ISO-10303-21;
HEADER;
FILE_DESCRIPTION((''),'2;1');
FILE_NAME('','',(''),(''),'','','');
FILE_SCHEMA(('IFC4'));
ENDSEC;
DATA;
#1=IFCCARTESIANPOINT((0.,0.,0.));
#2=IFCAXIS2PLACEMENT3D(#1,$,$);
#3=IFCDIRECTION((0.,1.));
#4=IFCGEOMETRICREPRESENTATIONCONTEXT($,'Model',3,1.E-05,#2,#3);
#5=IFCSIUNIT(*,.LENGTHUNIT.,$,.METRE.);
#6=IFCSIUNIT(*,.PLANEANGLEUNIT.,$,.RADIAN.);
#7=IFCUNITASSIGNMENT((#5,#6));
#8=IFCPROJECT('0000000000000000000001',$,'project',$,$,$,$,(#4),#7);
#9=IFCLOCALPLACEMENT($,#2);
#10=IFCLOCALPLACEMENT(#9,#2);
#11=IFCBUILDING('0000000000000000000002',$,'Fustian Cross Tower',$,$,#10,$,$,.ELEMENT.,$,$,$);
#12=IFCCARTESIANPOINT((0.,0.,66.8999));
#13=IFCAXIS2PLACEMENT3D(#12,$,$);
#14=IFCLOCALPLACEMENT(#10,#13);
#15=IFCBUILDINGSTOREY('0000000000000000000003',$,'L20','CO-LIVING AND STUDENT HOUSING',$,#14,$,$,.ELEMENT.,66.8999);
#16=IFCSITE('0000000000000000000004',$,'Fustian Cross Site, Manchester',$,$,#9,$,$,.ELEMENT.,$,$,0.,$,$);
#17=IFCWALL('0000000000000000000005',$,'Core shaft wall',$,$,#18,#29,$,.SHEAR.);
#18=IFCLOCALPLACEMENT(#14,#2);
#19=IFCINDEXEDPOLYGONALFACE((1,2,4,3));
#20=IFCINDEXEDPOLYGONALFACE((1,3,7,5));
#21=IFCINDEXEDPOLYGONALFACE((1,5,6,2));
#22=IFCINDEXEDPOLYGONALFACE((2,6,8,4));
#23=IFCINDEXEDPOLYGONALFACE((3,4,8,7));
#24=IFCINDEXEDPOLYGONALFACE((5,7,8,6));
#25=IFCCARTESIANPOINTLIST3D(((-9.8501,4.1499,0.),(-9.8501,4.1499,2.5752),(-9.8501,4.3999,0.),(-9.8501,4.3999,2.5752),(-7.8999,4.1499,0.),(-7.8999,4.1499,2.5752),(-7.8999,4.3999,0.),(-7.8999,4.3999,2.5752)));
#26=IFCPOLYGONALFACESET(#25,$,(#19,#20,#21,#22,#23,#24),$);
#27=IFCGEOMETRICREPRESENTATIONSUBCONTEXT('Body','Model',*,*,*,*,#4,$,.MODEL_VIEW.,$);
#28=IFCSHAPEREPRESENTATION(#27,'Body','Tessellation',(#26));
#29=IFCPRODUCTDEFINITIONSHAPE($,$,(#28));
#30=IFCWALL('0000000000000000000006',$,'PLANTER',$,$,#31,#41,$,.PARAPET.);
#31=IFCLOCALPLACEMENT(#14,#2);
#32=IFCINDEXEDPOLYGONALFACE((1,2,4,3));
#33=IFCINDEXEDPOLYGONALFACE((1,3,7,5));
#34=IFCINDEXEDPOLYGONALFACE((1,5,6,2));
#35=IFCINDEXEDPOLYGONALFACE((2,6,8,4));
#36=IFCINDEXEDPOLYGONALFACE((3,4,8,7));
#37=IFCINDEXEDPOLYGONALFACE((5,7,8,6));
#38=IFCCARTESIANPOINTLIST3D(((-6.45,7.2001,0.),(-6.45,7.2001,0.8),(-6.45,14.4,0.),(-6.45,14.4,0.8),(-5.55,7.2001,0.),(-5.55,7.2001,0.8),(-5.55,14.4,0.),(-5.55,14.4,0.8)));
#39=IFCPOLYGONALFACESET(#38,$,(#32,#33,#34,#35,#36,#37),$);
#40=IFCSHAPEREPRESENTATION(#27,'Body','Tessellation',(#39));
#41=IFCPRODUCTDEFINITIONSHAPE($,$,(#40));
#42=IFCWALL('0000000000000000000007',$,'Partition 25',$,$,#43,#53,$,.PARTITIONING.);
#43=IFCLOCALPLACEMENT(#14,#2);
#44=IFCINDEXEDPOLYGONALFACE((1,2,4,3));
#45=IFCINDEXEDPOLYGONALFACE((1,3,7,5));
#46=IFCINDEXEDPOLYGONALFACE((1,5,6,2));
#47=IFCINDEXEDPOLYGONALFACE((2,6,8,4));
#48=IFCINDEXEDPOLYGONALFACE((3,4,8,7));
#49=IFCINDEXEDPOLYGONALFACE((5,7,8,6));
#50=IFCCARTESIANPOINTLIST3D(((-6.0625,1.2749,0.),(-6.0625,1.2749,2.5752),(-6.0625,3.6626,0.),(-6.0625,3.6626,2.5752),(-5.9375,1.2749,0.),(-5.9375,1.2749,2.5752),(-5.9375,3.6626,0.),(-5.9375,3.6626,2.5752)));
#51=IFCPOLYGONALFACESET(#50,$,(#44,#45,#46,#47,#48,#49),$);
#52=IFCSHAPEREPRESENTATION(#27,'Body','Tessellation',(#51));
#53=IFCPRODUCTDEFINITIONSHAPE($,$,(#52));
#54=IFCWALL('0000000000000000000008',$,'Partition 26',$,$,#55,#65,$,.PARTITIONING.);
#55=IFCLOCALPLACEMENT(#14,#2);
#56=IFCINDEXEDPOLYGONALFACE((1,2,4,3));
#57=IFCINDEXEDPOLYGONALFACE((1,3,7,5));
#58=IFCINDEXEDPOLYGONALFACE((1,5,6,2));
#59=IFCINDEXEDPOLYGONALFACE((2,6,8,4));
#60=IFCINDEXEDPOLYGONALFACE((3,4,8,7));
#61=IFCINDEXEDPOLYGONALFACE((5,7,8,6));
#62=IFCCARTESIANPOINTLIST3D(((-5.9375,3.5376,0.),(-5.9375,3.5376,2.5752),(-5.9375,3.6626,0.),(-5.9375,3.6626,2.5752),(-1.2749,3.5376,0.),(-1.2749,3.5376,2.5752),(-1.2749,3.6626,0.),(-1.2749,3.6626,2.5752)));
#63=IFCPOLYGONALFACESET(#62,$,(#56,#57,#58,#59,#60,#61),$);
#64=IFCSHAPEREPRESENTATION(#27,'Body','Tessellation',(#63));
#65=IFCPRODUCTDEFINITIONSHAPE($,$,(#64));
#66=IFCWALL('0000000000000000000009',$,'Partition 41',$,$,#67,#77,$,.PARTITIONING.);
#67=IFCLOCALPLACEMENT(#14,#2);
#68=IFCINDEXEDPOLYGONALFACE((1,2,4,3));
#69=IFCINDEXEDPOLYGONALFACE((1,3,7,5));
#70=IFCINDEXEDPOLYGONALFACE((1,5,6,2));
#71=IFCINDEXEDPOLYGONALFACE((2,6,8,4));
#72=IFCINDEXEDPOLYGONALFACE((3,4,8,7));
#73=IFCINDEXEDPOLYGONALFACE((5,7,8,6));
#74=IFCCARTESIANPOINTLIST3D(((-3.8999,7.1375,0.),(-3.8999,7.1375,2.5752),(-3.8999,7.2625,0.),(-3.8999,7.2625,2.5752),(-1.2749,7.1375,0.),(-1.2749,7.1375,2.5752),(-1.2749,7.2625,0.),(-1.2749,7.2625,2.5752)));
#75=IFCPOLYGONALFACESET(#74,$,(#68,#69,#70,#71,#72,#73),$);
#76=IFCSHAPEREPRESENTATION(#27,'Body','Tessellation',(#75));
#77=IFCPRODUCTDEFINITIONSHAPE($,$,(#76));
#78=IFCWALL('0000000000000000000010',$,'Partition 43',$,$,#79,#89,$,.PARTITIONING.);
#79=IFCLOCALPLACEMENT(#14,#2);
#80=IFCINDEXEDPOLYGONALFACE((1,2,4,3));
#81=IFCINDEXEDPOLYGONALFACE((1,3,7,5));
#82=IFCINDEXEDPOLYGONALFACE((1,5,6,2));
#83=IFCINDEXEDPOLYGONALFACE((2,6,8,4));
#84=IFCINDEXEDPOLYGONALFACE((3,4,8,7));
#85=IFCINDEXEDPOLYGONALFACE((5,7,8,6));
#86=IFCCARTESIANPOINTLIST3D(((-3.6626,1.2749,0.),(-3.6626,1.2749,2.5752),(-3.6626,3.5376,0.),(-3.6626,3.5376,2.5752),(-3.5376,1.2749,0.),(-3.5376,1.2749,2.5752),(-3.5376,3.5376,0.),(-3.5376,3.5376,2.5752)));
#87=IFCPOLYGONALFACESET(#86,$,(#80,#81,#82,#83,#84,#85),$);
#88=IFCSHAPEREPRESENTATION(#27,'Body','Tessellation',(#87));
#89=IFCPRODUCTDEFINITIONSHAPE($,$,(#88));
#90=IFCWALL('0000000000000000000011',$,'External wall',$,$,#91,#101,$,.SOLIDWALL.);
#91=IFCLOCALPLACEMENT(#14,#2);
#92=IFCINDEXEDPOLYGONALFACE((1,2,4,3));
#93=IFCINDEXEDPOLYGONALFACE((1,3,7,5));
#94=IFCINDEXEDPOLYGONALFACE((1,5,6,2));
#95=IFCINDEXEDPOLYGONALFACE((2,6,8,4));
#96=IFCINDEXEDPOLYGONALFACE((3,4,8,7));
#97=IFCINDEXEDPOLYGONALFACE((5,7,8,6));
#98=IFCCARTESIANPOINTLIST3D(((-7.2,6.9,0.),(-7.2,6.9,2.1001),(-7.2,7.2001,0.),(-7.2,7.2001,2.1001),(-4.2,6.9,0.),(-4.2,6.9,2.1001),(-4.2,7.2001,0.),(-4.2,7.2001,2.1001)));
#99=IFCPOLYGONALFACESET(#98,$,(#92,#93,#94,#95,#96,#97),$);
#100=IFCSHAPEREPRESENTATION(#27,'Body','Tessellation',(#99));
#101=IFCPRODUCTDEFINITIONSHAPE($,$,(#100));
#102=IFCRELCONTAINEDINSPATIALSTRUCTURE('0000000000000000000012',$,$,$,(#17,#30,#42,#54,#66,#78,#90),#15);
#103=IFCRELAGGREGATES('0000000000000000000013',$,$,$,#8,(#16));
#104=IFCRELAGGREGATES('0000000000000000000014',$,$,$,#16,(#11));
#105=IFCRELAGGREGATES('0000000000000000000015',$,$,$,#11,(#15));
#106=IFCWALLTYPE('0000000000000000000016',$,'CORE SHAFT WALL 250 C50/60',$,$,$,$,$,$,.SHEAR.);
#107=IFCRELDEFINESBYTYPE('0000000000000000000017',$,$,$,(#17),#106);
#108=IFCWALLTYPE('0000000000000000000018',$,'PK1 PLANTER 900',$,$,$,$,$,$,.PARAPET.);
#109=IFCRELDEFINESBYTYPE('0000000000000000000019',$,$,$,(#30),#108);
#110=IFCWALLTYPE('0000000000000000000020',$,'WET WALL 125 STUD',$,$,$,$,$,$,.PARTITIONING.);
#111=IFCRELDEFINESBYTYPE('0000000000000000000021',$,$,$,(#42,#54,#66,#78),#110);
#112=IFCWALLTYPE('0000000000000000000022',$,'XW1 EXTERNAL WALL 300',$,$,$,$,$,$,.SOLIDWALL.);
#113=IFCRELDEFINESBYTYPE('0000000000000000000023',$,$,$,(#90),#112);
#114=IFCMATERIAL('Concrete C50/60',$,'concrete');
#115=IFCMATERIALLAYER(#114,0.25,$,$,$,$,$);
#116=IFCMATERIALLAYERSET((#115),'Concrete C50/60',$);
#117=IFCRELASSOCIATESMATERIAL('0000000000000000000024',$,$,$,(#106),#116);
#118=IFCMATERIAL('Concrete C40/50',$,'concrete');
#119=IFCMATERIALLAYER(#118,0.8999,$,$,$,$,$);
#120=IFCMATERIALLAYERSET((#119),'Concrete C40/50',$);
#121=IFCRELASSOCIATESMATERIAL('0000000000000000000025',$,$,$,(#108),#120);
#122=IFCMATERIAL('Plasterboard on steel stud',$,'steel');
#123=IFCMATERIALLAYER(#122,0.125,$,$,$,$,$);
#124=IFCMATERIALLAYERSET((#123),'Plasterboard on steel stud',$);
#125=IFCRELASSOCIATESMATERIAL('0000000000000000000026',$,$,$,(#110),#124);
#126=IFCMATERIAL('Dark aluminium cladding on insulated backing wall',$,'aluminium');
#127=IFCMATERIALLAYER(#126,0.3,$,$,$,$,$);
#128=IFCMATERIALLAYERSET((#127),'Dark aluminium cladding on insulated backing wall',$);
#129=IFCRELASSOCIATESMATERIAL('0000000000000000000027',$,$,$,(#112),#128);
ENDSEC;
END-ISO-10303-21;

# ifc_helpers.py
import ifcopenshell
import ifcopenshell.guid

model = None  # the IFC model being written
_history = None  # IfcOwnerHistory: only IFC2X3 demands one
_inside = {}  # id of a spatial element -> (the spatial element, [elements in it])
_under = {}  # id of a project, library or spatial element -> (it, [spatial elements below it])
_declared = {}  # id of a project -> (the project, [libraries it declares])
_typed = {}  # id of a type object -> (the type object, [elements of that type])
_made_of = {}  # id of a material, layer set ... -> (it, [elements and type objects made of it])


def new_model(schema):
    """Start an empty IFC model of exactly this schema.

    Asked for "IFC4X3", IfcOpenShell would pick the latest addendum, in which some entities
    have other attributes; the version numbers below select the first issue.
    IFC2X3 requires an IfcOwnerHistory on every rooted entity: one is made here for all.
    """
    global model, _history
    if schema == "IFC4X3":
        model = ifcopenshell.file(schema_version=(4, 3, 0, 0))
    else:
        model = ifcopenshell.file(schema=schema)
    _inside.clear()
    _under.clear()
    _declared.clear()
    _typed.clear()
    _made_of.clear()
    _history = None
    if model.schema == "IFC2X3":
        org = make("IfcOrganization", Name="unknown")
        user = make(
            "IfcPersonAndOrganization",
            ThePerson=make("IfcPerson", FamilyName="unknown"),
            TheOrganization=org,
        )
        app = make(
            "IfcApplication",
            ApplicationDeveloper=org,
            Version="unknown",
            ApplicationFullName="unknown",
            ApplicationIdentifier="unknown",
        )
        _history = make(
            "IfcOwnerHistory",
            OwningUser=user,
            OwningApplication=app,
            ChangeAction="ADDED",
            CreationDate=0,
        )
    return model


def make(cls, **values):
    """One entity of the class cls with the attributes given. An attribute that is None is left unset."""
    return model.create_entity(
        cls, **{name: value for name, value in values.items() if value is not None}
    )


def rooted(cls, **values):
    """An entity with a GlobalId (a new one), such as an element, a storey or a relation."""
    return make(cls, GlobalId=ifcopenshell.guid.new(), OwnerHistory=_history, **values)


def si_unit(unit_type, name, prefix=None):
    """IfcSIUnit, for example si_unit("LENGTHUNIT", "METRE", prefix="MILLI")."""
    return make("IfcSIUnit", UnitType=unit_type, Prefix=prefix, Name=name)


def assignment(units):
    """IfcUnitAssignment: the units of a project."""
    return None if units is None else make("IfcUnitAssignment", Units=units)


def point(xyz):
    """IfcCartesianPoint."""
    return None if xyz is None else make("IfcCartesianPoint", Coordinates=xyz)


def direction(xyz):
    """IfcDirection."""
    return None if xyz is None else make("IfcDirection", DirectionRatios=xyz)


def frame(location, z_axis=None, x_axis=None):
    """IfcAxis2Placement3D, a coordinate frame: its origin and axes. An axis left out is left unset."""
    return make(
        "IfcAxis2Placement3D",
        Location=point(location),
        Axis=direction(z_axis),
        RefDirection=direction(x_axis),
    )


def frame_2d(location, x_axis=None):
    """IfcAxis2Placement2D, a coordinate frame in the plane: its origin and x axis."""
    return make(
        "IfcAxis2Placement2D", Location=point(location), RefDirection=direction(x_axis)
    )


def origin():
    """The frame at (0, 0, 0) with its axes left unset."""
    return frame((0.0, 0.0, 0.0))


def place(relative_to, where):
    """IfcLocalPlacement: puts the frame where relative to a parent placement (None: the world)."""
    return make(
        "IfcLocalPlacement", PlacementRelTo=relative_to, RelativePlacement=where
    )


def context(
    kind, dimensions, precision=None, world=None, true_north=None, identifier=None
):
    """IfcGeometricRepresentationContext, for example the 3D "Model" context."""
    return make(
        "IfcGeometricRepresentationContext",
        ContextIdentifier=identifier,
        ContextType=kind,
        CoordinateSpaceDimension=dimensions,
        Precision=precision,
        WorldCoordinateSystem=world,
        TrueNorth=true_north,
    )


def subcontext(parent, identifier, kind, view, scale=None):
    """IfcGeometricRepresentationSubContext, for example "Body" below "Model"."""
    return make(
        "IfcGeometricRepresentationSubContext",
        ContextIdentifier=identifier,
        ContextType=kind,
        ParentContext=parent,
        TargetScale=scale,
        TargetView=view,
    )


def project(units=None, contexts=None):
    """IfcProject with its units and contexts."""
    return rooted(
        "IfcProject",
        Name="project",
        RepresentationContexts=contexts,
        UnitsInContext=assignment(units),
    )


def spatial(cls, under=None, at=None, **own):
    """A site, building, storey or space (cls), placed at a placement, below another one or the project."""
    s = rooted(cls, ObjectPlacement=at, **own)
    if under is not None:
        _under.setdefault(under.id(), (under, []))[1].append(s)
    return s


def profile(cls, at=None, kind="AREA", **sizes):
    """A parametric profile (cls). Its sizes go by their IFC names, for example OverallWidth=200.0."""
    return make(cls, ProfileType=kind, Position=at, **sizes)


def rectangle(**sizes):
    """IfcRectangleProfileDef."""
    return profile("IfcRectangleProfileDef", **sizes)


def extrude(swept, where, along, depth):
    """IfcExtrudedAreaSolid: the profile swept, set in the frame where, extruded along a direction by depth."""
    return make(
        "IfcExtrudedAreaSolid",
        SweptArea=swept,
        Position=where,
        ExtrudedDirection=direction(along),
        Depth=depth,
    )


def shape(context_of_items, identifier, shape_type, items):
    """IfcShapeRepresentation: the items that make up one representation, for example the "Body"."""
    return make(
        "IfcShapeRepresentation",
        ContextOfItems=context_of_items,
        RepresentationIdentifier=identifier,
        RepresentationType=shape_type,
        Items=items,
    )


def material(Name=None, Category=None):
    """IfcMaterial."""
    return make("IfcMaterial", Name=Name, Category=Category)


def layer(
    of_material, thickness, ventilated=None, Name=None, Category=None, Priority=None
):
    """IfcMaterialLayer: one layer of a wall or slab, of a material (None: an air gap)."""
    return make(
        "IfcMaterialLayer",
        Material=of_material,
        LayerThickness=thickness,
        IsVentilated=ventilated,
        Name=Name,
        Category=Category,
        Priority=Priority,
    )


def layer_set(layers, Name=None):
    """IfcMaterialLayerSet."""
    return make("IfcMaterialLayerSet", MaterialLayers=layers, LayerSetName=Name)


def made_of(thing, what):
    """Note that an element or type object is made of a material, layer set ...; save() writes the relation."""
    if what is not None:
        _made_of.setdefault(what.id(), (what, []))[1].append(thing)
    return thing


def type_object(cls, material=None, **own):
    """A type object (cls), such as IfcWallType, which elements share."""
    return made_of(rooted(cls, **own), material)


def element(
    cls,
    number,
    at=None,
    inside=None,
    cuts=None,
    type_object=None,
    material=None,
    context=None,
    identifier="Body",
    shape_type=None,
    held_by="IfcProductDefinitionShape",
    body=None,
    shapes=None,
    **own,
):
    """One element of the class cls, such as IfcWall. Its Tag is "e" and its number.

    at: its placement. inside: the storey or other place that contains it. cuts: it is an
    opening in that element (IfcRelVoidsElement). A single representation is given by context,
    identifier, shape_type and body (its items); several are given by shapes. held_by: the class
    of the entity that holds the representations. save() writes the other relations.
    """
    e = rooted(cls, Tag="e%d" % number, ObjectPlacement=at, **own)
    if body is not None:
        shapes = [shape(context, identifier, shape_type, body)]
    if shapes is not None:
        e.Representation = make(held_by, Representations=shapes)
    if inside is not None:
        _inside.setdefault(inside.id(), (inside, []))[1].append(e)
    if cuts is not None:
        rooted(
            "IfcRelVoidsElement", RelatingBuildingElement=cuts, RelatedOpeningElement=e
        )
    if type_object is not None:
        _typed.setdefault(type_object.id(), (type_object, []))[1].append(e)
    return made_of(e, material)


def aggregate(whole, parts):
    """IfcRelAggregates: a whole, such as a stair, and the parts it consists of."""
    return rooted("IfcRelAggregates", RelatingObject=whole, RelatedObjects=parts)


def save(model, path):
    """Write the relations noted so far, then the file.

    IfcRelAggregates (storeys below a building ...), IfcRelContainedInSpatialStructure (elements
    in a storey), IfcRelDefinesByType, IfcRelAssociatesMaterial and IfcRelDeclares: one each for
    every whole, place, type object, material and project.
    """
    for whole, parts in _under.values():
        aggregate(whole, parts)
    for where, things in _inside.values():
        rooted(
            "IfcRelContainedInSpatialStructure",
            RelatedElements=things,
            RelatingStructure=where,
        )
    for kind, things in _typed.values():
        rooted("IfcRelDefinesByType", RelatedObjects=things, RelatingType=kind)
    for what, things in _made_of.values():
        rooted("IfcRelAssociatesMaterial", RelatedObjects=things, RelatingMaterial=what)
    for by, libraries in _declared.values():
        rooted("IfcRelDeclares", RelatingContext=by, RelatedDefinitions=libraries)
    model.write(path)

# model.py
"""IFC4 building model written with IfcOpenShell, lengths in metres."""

from ifc_helpers import new_model, si_unit, direction, frame, frame_2d, origin, place, context, subcontext, project, spatial, rectangle, extrude, material, layer, layer_set, type_object, element, save


model = new_model("IFC4")

# Units and contexts
model_context = context("Model", 3, precision=1e-05, world=origin(), true_north=direction((0.0, 1.0)))
body_context = subcontext(model_context, "Body", "Model", "MODEL_VIEW")
ifc_project = project(units=[si_unit("LENGTHUNIT", "METRE"), si_unit("PLANEANGLEUNIT", "RADIAN")], contexts=[model_context])

# Site, building, storey
site_placement = place(None, origin())
site = spatial("IfcSite", under=ifc_project, at=site_placement, Name="Fustian Cross Site, Manchester", CompositionType="ELEMENT", RefElevation=0.0)
building_placement = place(site_placement, origin())
building = spatial("IfcBuilding", under=site, at=building_placement, Name="Fustian Cross Tower", CompositionType="ELEMENT")
storey_placement = place(building_placement, frame((0.0, 0.0, 66.8999)))
storey = spatial("IfcBuildingStorey", under=building, at=storey_placement, Name="L20", Description="CO-LIVING AND STUDENT HOUSING", CompositionType="ELEMENT", Elevation=66.8999)

# Walls
ifc_material_1 = material(Name="Concrete C50/60", Category="concrete")
ifc_layer_1 = layer(ifc_material_1, 0.25)
ifc_layer_set_1 = layer_set([ifc_layer_1], Name="Concrete C50/60")
wall_type_1 = type_object("IfcWallType", Name="CORE SHAFT WALL 250 C50/60", PredefinedType="SHEAR", material=ifc_layer_set_1)
wall_1_placement = place(storey_placement, frame((-7.8999, 4.2749, 0.0), z_axis=(0.0, 0.0, 1.0), x_axis=(-1.0, 0.0, 0.0)))
element("IfcWall", 1, at=wall_1_placement, inside=storey, type_object=wall_type_1, Name="Core shaft wall", PredefinedType="SHEAR", context=body_context, shape_type="SweptSolid", body=[
    extrude(rectangle(XDim=1.9502, YDim=0.25, at=frame_2d((0.9751, 0.0))), origin(), (0.0, 0.0, 1.0), 2.5752),
])
ifc_material_2 = material(Name="Concrete C40/50", Category="concrete")
ifc_layer_2 = layer(ifc_material_2, 0.8999)
ifc_layer_set_2 = layer_set([ifc_layer_2], Name="Concrete C40/50")
wall_type_2 = type_object("IfcWallType", Name="PK1 PLANTER 900", PredefinedType="PARAPET", material=ifc_layer_set_2)
wall_2_placement = place(storey_placement, frame((-6.0, 7.2, 0.0), z_axis=(0.0, 0.0, 1.0), x_axis=(0.0, 1.0, 0.0)))
element("IfcWall", 2, at=wall_2_placement, inside=storey, type_object=wall_type_2, Name="PLANTER", PredefinedType="PARAPET", context=body_context, shape_type="SweptSolid", body=[
    extrude(rectangle(XDim=7.2, YDim=0.8999, at=frame_2d((3.6001, 0.0))), origin(), (0.0, 0.0, 1.0), 0.8),
])
ifc_material_3 = material(Name="Plasterboard on steel stud", Category="steel")
ifc_layer_3 = layer(ifc_material_3, 0.125)
ifc_layer_set_3 = layer_set([ifc_layer_3], Name="Plasterboard on steel stud")
wall_type_3 = type_object("IfcWallType", Name="WET WALL 125 STUD", PredefinedType="PARTITIONING", material=ifc_layer_set_3)
wall_3_placement = place(storey_placement, frame((-6.0, 1.2749, 0.0), z_axis=(0.0, 0.0, 1.0), x_axis=(0.0, 1.0, 0.0)))
element("IfcWall", 3, at=wall_3_placement, inside=storey, type_object=wall_type_3, Name="Partition 25", PredefinedType="PARTITIONING", context=body_context, shape_type="SweptSolid", body=[
    extrude(rectangle(XDim=2.3877, YDim=0.125, at=frame_2d((1.1938, 0.0))), origin(), (0.0, 0.0, 1.0), 2.5752),
])
wall_4_placement = place(storey_placement, frame((-5.9375, 3.6001, 0.0), z_axis=(0.0, 0.0, 1.0), x_axis=(1.0, 0.0, 0.0)))
element("IfcWall", 4, at=wall_4_placement, inside=storey, type_object=wall_type_3, Name="Partition 26", PredefinedType="PARTITIONING", context=body_context, shape_type="SweptSolid", body=[
    extrude(rectangle(XDim=4.6626, YDim=0.125, at=frame_2d((2.3313, 0.0))), origin(), (0.0, 0.0, 1.0), 2.5752),
])
wall_5_placement = place(storey_placement, frame((-3.8999, 7.2, 0.0), z_axis=(0.0, 0.0, 1.0), x_axis=(1.0, 0.0, 0.0)))
element("IfcWall", 5, at=wall_5_placement, inside=storey, type_object=wall_type_3, Name="Partition 41", PredefinedType="PARTITIONING", context=body_context, shape_type="SweptSolid", body=[
    extrude(rectangle(XDim=2.625, YDim=0.125, at=frame_2d((1.3125, 0.0))), origin(), (0.0, 0.0, 1.0), 2.5752),
])
wall_6_placement = place(storey_placement, frame((-3.6001, 1.2749, 0.0), z_axis=(0.0, 0.0, 1.0), x_axis=(0.0, 1.0, 0.0)))
element("IfcWall", 6, at=wall_6_placement, inside=storey, type_object=wall_type_3, Name="Partition 43", PredefinedType="PARTITIONING", context=body_context, shape_type="SweptSolid", body=[
    extrude(rectangle(XDim=2.2627, YDim=0.125, at=frame_2d((1.1313, 0.0))), origin(), (0.0, 0.0, 1.0), 2.5752),
])
ifc_material_4 = material(Name="Dark aluminium cladding on insulated backing wall", Category="aluminium")
ifc_layer_4 = layer(ifc_material_4, 0.3)
ifc_layer_set_4 = layer_set([ifc_layer_4], Name="Dark aluminium cladding on insulated backing wall")
wall_type_4 = type_object("IfcWallType", Name="XW1 EXTERNAL WALL 300", PredefinedType="SOLIDWALL", material=ifc_layer_set_4)
wall_7_placement = place(storey_placement, frame((-4.2, 7.05, 0.0), z_axis=(0.0, 0.0, 1.0), x_axis=(-1.0, 0.0, 0.0)))
element("IfcWall", 7, at=wall_7_placement, inside=storey, type_object=wall_type_4, Name="External wall", PredefinedType="SOLIDWALL", context=body_context, shape_type="SweptSolid", body=[
    extrude(rectangle(XDim=3.0, YDim=0.3, at=frame_2d((1.5, 0.0))), origin(), (0.0, 0.0, 1.0), 2.1001),
])

save(model, "model.ifc")
